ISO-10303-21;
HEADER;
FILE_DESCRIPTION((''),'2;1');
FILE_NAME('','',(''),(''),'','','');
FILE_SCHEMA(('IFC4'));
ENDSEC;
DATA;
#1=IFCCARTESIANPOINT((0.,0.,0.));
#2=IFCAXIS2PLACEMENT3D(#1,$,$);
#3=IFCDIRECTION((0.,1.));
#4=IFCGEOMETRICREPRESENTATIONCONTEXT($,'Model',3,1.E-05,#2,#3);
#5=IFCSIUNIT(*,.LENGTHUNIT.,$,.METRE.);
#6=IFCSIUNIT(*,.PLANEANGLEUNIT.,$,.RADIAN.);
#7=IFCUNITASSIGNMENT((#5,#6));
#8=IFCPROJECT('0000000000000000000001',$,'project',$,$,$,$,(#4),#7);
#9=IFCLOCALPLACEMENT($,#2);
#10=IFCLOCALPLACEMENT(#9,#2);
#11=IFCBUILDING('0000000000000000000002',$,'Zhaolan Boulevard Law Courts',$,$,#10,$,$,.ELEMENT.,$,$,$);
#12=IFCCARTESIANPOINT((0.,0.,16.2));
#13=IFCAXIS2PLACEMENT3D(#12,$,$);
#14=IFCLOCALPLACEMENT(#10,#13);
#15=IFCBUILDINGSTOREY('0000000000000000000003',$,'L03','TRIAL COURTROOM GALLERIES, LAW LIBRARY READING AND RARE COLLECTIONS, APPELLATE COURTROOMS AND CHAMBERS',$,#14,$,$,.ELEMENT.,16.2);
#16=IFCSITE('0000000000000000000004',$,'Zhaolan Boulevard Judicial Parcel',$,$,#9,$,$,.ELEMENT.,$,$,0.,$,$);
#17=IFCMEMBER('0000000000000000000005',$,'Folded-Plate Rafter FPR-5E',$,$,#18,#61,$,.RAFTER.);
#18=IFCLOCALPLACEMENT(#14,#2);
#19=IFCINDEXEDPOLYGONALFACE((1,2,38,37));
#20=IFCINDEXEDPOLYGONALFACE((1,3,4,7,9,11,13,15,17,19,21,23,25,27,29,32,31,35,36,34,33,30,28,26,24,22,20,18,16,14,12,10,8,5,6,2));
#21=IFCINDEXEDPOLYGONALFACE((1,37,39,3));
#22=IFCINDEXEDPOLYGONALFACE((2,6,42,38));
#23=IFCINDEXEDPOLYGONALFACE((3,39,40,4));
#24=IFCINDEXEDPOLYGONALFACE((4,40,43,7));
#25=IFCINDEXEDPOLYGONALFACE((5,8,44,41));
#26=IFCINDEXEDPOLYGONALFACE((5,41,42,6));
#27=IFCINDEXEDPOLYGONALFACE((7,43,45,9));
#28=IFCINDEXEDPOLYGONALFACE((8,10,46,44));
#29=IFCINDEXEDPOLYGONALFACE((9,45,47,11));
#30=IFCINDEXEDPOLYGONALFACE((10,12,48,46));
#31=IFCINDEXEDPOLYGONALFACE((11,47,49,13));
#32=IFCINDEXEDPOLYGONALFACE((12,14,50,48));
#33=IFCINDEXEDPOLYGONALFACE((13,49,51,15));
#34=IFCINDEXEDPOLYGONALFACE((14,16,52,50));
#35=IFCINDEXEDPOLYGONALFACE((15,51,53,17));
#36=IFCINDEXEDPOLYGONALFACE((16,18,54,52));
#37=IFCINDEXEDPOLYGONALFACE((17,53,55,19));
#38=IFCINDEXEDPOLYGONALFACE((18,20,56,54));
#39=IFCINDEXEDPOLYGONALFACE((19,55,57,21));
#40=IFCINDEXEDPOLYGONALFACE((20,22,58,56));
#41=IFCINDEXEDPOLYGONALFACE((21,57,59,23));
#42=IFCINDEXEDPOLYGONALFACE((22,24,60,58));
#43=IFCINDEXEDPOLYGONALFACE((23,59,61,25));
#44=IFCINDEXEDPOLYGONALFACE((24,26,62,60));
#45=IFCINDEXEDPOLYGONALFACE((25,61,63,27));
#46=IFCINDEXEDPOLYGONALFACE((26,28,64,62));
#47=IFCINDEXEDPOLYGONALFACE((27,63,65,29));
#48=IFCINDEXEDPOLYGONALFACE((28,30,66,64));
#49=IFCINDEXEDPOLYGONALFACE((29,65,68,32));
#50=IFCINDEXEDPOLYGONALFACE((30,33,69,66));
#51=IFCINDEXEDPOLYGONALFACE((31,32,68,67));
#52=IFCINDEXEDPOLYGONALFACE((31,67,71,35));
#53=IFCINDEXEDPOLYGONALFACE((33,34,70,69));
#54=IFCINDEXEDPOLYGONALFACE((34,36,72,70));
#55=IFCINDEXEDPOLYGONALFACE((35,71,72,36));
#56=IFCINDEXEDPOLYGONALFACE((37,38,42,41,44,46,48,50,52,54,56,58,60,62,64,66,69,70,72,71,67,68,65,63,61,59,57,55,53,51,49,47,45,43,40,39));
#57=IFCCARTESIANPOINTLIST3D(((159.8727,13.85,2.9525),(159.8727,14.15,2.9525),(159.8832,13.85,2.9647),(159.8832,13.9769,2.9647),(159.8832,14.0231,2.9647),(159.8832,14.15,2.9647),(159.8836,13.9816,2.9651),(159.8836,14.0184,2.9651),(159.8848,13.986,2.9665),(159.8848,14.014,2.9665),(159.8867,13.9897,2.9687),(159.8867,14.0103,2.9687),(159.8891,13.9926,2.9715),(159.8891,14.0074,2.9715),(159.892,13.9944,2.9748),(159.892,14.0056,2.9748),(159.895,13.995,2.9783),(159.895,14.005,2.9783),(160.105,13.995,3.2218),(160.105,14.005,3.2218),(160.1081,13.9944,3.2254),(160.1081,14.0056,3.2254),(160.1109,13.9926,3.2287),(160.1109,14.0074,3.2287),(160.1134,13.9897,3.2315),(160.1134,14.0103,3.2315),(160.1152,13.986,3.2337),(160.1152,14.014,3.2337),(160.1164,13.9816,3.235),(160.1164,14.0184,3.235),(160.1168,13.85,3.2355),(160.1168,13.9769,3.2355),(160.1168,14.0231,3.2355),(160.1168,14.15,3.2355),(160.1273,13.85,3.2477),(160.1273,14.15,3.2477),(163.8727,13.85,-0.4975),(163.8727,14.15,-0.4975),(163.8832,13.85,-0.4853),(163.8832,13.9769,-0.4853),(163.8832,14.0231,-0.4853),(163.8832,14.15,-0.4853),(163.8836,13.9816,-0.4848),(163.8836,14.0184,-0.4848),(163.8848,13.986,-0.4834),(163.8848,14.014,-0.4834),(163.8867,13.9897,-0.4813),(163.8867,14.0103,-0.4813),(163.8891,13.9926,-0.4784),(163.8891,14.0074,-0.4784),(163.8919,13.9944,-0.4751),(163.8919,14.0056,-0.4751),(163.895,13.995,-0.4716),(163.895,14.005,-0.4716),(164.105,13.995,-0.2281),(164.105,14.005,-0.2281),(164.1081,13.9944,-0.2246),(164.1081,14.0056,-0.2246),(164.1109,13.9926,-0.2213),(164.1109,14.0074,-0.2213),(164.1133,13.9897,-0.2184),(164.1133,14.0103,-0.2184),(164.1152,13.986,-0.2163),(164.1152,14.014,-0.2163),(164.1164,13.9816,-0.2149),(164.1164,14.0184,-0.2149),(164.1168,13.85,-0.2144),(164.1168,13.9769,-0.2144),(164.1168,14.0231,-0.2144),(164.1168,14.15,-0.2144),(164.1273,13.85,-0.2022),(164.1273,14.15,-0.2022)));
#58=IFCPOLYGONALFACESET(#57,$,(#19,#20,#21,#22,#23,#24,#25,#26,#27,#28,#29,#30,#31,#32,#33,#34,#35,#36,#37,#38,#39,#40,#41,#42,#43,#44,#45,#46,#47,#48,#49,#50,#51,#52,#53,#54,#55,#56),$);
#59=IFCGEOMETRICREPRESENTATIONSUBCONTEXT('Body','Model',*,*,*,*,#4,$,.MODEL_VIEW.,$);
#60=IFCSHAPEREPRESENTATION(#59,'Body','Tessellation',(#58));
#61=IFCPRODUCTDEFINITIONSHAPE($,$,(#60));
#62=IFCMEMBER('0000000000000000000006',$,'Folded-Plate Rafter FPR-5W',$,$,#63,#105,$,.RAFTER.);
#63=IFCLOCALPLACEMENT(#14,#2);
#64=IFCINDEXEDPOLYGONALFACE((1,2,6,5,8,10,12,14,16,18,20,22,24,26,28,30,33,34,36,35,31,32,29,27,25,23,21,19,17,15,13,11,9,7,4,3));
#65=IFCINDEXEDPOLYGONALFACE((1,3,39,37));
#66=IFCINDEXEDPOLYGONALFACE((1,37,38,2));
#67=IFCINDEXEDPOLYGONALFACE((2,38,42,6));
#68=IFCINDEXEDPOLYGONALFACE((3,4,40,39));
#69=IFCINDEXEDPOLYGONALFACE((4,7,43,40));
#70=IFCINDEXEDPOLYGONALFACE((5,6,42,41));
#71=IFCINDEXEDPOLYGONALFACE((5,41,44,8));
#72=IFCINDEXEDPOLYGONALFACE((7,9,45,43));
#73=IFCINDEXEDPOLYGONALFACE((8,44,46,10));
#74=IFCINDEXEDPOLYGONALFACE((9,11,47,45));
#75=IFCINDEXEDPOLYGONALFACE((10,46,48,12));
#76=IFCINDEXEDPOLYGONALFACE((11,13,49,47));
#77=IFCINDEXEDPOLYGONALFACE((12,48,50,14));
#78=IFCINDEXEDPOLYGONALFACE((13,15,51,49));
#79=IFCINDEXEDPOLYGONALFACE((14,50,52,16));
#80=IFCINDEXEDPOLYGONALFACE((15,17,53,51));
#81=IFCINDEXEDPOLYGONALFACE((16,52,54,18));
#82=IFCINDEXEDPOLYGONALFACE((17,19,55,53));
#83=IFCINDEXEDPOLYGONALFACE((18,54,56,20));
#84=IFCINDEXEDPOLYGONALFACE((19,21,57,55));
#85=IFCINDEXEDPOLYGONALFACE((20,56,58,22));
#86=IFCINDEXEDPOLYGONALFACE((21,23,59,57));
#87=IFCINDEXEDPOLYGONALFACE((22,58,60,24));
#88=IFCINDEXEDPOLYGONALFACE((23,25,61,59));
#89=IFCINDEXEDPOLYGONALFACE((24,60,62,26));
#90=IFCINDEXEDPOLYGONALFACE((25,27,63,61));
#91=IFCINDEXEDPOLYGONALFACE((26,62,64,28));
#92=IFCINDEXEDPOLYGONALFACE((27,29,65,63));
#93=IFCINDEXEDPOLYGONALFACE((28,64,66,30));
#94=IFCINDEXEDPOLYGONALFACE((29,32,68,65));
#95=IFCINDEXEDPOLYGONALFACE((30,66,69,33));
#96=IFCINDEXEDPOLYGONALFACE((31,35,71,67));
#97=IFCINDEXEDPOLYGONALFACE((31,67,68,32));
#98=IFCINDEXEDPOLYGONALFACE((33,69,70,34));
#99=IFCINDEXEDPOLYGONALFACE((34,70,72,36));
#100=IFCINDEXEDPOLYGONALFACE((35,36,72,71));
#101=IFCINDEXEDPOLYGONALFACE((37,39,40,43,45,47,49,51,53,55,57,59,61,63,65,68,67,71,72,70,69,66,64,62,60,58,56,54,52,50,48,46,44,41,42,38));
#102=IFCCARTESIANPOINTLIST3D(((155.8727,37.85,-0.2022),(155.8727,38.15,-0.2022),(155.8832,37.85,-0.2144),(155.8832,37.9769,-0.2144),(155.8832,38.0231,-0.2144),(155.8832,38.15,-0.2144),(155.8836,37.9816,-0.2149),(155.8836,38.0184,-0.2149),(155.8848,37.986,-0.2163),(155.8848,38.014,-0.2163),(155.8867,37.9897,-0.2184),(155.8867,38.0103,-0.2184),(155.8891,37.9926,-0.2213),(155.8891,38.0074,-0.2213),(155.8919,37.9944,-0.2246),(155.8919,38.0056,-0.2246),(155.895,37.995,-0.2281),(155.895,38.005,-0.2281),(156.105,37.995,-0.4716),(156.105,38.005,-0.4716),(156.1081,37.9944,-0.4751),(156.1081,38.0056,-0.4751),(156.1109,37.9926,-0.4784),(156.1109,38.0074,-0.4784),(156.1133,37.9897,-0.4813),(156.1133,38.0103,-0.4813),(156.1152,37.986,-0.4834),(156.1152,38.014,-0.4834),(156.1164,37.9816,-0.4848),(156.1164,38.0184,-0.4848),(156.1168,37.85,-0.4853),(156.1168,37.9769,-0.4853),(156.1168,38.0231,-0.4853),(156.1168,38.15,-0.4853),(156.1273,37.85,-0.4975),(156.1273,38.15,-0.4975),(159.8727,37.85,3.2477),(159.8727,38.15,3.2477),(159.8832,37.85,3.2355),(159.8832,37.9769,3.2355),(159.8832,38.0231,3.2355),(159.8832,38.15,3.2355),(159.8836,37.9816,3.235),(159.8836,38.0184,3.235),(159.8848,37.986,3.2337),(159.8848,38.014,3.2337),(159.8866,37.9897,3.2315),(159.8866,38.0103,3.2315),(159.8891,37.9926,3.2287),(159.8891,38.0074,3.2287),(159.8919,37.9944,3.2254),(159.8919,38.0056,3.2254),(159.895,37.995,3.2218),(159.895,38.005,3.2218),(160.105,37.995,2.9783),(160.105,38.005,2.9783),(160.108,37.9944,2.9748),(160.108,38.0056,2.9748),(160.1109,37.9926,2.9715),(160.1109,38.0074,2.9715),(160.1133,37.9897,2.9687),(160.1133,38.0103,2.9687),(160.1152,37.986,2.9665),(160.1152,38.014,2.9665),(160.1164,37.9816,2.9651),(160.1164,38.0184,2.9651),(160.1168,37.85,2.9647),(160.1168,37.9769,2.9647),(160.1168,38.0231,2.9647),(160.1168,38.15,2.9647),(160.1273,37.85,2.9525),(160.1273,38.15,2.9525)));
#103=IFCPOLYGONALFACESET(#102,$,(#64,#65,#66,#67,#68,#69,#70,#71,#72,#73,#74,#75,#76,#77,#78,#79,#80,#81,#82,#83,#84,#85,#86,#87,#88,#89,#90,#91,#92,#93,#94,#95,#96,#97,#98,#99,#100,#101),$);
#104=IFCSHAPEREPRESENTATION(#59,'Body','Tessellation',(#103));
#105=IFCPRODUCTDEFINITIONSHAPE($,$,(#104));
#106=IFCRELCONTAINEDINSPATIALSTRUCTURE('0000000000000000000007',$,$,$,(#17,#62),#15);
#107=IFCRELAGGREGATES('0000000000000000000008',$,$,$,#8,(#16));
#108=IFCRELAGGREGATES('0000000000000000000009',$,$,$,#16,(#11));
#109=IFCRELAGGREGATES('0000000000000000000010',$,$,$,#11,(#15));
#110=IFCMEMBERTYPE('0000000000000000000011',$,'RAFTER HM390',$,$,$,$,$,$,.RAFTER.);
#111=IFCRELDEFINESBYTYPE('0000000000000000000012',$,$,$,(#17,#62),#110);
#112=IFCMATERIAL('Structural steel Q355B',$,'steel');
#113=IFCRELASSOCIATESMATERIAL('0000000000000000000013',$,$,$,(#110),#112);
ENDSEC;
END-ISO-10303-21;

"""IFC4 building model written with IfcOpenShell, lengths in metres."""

from ifc_helpers import new_model, si_unit, direction, frame, origin, origin_2d, place, context, subcontext, project, spatial, i_section, extrude, material, material_profile, profile_set, type_object, element, save


model = new_model("IFC4")

# Units and contexts
model_context = context("Model", 3, precision=1e-05, world=origin(), true_north=direction((0.0, 1.0)))
body_context = subcontext(model_context, "Body", "Model", "MODEL_VIEW")
ifc_project = project(units=[si_unit("LENGTHUNIT", "METRE"), si_unit("PLANEANGLEUNIT", "RADIAN")], contexts=[model_context])

# Site, building, storey
site_placement = place(None, origin())
site = spatial("IfcSite", under=ifc_project, at=site_placement, Name="Zhaolan Boulevard Judicial Parcel", CompositionType="ELEMENT", RefElevation=0.0)
building_placement = place(site_placement, origin())
building = spatial("IfcBuilding", under=site, at=building_placement, Name="Zhaolan Boulevard Law Courts", CompositionType="ELEMENT")
storey_placement = place(building_placement, frame((0.0, 0.0, 16.2)))
storey = spatial("IfcBuildingStorey", under=building, at=storey_placement, Name="L03", Description="TRIAL COURTROOM GALLERIES, LAW LIBRARY READING AND RARE COLLECTIONS, APPELLATE COURTROOMS AND CHAMBERS", CompositionType="ELEMENT", Elevation=16.2)

# Members
ifc_material_1 = material(Name="Structural steel Q355B", Category="steel")
ifc_material_profile_1 = material_profile(ifc_material_1, i_section(OverallWidth=0.3, OverallDepth=0.3899, WebThickness=0.01, FlangeThickness=0.0161, FilletRadius=0.0181, at=origin_2d()), Name="HM390x300")
ifc_profile_set_1 = profile_set([ifc_material_profile_1], Name="Structural steel Q355B")
member_type_1 = type_object("IfcMemberType", Name="RAFTER HM390", PredefinedType="RAFTER", material=ifc_profile_set_1)
for number, where, z_axis, x_axis, name in (
    (1, (164.0, 14.0, -0.3499), (-0.757253, 0.0, 0.653122), (0.0, -1.0, 0.0), "Folded-Plate Rafter FPR-5E"),
    (2, (156.0, 38.0, -0.3499), (0.757253, 0.0, 0.653122), (0.0, 1.0, 0.0), "Folded-Plate Rafter FPR-5W"),
):
    element("IfcMember", number, at=place(storey_placement, frame(where, z_axis=z_axis, x_axis=x_axis)), inside=storey, type_object=member_type_1, Name=name, PredefinedType="RAFTER", context=body_context, shape_type="SweptSolid", body=[
        extrude(i_section(OverallWidth=0.3, OverallDepth=0.3899, WebThickness=0.01, FlangeThickness=0.0161, FilletRadius=0.0181, at=origin_2d()), origin(), (0.0, 0.0, 1.0), 5.2822),
    ])

save(model, "model.ifc")
